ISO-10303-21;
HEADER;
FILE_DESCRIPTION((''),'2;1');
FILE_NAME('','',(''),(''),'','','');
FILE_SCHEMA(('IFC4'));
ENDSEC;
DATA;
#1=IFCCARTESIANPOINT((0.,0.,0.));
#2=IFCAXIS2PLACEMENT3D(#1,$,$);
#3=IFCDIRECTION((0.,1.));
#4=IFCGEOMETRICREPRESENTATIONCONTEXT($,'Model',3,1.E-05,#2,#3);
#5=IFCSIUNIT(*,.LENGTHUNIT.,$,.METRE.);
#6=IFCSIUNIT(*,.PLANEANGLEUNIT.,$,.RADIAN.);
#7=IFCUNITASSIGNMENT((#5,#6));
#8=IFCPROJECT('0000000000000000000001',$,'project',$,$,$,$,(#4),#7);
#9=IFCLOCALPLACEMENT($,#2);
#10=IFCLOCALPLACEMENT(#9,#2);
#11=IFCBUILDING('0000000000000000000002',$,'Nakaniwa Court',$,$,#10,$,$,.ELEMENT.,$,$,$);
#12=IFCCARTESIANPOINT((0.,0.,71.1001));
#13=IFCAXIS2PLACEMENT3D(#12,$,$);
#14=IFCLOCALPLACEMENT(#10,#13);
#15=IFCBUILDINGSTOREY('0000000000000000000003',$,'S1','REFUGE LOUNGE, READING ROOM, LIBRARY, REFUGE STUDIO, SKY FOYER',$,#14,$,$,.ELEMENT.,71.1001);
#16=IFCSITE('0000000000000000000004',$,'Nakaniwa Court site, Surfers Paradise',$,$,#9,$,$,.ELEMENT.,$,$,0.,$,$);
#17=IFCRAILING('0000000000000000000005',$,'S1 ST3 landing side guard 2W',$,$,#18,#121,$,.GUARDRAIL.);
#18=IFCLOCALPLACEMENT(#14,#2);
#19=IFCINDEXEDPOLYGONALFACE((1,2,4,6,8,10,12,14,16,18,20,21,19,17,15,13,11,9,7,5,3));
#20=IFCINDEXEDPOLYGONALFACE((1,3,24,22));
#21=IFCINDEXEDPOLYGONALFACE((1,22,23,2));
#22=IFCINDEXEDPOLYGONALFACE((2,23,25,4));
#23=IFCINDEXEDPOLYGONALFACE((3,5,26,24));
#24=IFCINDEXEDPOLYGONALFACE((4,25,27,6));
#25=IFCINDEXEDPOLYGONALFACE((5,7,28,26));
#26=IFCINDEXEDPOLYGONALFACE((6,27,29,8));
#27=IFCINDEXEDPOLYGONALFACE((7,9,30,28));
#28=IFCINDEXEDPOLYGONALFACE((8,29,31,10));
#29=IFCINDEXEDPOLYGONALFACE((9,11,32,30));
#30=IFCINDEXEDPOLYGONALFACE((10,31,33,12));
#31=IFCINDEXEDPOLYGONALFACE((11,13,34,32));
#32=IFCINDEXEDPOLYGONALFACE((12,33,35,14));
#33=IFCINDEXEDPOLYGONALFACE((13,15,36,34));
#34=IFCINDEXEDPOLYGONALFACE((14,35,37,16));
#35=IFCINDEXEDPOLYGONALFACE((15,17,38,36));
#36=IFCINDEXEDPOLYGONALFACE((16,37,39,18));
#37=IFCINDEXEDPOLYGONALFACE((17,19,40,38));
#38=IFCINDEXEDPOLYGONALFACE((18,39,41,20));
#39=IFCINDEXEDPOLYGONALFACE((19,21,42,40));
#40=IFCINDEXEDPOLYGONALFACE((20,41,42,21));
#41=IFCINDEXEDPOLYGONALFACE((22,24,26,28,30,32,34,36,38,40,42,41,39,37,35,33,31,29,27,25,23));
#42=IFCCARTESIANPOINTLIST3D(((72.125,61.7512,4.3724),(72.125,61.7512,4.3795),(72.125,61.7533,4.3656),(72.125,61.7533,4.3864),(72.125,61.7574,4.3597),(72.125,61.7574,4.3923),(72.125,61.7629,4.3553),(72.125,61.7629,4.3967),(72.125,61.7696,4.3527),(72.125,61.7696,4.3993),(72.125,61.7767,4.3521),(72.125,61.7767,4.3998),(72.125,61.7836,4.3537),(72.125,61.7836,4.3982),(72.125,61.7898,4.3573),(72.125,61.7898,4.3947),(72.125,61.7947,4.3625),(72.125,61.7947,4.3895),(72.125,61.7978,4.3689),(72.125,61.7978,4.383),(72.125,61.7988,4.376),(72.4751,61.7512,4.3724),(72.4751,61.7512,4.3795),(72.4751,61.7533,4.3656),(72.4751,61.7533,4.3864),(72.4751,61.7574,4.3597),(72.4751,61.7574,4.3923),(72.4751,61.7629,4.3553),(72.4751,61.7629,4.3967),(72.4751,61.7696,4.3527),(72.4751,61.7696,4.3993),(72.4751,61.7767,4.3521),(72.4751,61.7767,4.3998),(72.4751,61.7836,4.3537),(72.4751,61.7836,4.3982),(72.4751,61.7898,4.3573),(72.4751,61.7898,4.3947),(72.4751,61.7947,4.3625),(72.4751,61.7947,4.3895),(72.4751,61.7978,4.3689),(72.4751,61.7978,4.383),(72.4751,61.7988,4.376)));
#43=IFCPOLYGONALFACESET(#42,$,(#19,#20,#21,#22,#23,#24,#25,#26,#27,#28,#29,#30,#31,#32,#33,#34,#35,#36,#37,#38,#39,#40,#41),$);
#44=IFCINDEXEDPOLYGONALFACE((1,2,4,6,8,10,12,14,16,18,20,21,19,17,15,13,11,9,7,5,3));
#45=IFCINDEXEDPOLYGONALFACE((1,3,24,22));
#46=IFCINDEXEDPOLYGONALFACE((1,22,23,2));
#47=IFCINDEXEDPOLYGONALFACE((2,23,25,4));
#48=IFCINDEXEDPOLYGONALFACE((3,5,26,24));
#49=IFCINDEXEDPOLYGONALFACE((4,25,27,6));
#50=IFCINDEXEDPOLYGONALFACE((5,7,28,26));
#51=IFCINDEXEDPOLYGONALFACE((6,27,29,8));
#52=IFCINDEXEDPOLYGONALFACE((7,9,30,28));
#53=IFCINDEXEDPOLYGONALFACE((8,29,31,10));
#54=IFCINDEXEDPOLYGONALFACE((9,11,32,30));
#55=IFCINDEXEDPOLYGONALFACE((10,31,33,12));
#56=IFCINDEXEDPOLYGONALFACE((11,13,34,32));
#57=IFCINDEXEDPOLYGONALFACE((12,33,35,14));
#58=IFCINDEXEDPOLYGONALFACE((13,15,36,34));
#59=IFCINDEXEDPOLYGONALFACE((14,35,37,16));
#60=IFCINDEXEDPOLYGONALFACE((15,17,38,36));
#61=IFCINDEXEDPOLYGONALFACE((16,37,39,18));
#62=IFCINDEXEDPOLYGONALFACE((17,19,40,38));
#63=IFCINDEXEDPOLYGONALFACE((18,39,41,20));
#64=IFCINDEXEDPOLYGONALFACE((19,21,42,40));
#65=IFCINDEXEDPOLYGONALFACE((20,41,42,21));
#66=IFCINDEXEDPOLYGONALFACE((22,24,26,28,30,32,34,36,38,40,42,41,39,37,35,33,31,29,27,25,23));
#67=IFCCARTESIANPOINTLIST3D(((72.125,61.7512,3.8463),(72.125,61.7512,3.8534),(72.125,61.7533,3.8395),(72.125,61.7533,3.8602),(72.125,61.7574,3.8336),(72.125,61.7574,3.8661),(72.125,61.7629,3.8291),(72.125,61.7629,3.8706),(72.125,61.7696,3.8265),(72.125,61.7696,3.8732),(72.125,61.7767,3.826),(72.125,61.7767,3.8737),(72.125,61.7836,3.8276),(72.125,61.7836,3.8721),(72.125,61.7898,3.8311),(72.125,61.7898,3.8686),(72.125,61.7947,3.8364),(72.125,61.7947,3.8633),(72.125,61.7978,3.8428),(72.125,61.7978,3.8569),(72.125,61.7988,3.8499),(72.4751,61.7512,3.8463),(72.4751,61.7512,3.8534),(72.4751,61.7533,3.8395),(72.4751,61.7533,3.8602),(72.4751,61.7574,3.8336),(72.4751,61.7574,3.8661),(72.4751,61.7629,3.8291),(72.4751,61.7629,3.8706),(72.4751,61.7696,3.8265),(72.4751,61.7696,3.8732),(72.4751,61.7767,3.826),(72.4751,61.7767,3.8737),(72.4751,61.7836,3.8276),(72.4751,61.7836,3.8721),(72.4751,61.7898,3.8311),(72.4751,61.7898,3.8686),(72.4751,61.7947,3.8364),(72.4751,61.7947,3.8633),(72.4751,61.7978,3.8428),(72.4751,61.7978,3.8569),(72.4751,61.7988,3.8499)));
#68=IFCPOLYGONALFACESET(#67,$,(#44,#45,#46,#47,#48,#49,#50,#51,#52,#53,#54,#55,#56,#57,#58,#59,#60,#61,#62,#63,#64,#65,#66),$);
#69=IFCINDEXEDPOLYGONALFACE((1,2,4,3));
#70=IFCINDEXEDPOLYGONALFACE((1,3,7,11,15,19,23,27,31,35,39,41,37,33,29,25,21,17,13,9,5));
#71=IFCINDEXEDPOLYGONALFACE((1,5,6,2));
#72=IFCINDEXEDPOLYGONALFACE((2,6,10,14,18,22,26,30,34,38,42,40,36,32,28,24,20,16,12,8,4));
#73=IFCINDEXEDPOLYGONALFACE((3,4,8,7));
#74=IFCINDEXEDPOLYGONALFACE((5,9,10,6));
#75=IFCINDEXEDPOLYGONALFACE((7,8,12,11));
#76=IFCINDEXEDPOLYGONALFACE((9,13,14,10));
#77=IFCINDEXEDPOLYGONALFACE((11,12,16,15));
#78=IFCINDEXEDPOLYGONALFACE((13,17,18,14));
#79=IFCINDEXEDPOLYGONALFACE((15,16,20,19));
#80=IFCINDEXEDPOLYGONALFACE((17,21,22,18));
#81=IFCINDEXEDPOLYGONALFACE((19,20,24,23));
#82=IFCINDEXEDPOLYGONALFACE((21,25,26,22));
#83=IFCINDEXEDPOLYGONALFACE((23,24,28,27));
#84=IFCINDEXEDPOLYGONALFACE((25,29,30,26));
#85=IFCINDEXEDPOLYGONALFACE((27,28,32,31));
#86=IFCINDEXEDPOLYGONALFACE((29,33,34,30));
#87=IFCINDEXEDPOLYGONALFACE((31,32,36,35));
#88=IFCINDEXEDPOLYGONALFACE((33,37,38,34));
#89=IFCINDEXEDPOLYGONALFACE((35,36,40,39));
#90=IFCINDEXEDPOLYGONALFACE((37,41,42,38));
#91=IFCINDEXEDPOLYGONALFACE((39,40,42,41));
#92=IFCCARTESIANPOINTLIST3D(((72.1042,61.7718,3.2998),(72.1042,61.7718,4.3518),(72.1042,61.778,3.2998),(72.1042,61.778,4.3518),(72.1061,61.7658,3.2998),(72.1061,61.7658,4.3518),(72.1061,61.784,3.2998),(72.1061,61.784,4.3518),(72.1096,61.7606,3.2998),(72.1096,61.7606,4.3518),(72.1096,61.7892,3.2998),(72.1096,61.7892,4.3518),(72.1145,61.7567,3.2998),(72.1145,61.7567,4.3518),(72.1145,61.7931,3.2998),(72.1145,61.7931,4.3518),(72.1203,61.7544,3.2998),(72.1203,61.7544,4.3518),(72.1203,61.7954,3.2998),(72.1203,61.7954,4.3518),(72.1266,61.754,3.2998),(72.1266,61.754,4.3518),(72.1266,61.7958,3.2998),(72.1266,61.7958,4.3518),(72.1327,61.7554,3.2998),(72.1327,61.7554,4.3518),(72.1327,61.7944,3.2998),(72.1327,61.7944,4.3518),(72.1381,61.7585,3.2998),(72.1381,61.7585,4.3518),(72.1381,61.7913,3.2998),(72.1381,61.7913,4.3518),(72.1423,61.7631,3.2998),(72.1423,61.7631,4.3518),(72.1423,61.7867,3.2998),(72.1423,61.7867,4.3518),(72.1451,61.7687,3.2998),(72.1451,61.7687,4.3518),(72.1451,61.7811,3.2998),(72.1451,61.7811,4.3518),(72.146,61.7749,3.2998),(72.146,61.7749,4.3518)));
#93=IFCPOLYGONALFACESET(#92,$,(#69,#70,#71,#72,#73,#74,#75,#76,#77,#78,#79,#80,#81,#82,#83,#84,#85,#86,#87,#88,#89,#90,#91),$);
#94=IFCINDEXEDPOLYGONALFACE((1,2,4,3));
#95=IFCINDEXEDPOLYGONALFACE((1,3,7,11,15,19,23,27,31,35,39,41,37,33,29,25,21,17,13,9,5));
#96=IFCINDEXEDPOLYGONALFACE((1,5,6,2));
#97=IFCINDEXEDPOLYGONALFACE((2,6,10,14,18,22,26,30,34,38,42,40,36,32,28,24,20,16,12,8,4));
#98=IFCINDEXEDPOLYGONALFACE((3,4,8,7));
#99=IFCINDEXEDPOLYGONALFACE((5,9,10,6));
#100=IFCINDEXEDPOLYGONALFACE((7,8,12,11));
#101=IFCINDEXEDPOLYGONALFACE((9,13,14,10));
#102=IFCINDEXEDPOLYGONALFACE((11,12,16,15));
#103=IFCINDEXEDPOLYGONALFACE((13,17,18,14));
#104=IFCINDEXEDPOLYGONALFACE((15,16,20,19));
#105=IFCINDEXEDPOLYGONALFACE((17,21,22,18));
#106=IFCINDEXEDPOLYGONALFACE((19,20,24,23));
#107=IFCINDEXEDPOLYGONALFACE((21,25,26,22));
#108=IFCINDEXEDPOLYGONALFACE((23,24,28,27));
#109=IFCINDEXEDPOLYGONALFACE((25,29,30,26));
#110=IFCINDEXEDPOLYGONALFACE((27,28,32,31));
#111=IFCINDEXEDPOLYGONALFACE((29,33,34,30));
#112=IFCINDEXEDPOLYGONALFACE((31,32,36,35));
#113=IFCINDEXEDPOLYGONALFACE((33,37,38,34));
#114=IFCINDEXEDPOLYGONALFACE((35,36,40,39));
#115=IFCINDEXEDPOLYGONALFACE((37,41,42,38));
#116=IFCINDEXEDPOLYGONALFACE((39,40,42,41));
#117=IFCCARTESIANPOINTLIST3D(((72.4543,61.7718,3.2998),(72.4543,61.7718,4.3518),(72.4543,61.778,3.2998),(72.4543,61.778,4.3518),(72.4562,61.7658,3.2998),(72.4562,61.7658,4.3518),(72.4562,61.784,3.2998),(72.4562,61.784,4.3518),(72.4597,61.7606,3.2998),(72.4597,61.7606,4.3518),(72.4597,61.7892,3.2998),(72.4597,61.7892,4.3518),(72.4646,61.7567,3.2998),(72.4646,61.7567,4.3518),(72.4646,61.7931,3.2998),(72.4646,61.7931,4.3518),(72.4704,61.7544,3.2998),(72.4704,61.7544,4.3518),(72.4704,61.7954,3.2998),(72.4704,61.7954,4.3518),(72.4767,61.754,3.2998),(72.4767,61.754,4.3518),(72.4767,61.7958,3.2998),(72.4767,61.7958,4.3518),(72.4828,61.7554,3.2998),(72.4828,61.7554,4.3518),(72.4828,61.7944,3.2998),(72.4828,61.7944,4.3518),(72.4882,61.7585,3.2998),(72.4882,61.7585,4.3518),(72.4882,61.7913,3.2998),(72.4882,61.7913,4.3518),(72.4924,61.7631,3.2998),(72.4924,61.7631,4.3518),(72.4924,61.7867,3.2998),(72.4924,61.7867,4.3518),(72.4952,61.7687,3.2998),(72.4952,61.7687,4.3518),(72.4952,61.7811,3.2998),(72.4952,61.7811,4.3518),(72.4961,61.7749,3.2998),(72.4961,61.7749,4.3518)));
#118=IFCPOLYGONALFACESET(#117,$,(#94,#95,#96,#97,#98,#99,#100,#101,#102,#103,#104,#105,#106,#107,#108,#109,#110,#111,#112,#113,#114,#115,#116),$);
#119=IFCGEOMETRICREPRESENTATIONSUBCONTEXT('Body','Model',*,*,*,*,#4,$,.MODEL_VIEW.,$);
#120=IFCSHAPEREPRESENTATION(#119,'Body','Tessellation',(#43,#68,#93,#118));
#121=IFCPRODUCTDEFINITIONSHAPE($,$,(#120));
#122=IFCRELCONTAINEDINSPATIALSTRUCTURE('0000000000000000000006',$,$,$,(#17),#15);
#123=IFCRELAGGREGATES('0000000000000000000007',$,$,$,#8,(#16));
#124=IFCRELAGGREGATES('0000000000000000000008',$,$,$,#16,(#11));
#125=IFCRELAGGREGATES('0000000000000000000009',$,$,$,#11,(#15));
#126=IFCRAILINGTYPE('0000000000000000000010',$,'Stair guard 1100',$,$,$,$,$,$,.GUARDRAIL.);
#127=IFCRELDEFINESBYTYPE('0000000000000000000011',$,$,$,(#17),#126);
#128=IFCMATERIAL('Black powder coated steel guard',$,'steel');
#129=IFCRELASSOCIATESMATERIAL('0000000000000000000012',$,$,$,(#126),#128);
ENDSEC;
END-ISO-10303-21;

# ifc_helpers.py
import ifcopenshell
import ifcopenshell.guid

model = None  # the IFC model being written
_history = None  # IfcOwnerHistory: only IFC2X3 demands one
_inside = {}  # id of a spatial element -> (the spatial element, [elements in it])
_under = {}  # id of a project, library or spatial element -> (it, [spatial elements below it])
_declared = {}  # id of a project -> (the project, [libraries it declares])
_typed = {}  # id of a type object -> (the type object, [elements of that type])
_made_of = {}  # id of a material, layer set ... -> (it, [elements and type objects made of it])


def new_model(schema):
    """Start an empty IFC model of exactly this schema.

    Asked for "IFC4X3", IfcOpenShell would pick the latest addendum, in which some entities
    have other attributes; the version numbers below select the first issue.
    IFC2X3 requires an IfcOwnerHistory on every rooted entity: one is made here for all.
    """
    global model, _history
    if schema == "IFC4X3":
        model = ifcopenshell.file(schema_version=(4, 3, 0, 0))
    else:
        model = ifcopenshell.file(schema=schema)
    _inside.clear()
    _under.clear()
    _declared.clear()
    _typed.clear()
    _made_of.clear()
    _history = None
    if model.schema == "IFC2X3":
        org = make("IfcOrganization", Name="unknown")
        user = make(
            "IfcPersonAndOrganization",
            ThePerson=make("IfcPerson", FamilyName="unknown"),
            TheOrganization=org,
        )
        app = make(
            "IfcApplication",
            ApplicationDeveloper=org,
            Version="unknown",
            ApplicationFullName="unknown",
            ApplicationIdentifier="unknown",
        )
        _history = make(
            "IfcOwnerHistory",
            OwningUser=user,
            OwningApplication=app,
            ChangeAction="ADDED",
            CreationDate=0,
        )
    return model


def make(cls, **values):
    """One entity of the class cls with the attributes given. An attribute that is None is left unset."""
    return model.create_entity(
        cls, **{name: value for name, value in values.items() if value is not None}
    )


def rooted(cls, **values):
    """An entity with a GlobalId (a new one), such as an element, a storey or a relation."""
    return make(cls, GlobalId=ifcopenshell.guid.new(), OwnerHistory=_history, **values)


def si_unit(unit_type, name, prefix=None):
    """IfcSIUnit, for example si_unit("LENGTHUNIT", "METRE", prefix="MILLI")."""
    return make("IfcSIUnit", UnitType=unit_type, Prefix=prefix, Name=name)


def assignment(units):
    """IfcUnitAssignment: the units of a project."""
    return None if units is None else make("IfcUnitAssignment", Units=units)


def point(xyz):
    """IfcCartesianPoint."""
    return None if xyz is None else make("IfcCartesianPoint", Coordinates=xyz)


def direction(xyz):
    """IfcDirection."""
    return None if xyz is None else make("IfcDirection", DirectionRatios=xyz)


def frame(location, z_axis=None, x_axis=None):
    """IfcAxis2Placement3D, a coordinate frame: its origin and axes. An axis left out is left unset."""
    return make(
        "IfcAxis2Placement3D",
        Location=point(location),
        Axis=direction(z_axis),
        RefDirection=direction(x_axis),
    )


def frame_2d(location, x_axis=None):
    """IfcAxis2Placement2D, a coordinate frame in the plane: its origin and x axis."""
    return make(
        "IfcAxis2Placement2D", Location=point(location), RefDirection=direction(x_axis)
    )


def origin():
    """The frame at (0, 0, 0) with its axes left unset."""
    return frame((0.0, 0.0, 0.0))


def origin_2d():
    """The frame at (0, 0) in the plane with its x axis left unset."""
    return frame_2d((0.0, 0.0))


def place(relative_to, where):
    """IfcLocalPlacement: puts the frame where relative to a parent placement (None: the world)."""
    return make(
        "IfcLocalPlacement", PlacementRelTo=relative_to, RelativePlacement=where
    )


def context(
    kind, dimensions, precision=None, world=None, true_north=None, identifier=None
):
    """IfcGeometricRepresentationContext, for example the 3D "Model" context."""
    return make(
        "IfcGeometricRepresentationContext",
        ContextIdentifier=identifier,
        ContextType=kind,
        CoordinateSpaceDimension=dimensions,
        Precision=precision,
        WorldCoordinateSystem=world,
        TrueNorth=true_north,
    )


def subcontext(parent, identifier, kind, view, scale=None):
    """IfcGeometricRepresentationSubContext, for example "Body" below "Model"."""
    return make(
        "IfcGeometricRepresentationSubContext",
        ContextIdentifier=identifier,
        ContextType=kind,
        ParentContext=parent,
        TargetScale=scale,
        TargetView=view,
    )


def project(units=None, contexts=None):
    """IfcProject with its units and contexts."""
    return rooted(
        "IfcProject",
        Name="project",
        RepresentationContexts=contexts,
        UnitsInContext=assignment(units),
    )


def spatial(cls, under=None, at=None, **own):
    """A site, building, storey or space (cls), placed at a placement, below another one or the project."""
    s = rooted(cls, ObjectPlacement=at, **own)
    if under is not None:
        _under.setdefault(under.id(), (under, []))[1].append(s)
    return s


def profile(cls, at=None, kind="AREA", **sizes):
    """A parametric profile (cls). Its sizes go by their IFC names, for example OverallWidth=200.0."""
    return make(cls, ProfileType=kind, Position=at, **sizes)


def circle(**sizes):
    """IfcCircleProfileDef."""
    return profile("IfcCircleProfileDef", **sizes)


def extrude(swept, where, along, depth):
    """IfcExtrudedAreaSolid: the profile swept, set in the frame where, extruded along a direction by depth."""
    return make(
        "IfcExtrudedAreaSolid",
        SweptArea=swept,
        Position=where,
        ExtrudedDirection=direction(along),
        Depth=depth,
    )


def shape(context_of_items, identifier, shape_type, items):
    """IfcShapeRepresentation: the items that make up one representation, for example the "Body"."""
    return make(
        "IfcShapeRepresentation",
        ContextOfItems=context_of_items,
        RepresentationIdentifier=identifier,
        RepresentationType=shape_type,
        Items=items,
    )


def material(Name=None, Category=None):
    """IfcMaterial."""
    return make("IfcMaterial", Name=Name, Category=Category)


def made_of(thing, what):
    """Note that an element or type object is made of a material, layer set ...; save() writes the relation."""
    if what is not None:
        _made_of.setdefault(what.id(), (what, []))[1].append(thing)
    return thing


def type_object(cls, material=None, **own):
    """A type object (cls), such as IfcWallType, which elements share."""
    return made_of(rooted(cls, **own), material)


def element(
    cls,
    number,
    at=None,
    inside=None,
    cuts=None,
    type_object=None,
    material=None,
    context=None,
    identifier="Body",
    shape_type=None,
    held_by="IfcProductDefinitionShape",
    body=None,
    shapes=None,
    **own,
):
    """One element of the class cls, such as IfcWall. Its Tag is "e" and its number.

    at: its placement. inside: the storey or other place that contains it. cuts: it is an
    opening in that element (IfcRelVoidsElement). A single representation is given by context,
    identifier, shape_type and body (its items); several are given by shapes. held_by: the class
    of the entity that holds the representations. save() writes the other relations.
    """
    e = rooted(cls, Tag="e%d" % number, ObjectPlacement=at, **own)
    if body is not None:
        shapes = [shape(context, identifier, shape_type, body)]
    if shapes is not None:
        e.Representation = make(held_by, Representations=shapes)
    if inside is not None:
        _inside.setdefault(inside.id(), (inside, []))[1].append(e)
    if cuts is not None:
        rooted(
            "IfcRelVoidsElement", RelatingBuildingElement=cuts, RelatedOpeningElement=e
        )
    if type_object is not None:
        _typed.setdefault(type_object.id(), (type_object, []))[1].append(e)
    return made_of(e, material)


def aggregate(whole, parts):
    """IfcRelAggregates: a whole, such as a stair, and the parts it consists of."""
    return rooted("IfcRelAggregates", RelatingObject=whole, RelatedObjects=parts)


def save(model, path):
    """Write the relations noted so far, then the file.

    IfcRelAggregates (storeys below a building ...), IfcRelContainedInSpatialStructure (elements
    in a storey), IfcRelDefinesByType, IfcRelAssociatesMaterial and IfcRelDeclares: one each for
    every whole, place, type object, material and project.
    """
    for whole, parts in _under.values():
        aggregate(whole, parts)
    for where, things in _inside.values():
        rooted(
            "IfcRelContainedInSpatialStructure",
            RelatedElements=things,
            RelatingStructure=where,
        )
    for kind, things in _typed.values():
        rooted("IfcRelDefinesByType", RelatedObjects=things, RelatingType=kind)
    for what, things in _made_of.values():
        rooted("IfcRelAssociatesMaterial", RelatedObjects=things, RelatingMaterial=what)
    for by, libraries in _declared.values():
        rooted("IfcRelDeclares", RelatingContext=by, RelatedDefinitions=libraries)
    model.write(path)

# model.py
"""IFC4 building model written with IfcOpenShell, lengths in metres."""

from ifc_helpers import new_model, si_unit, direction, frame, origin, origin_2d, place, context, subcontext, project, spatial, circle, extrude, material, type_object, element, save


model = new_model("IFC4")

# Units and contexts
model_context = context("Model", 3, precision=1e-05, world=origin(), true_north=direction((0.0, 1.0)))
body_context = subcontext(model_context, "Body", "Model", "MODEL_VIEW")
ifc_project = project(units=[si_unit("LENGTHUNIT", "METRE"), si_unit("PLANEANGLEUNIT", "RADIAN")], contexts=[model_context])

# Site, building, storey
site_placement = place(None, origin())
site = spatial("IfcSite", under=ifc_project, at=site_placement, Name="Nakaniwa Court site, Surfers Paradise", CompositionType="ELEMENT", RefElevation=0.0)
building_placement = place(site_placement, origin())
building = spatial("IfcBuilding", under=site, at=building_placement, Name="Nakaniwa Court", CompositionType="ELEMENT")
storey_placement = place(building_placement, frame((0.0, 0.0, 71.1001)))
storey = spatial("IfcBuildingStorey", under=building, at=storey_placement, Name="S1", Description="REFUGE LOUNGE, READING ROOM, LIBRARY, REFUGE STUDIO, SKY FOYER", CompositionType="ELEMENT", Elevation=71.1001)

# Railing
ifc_material_1 = material(Name="Black powder coated steel guard", Category="steel")
railing_type_1 = type_object("IfcRailingType", Name="Stair guard 1100", PredefinedType="GUARDRAIL", material=ifc_material_1)
for number, where, name in (
    (1, (72.125, 61.7749, 3.2998), "S1 ST3 landing side guard 2W"),
):
    element("IfcRailing", number, at=place(storey_placement, frame(where)), inside=storey, type_object=railing_type_1, Name=name, PredefinedType="GUARDRAIL", context=body_context, shape_type="SweptSolid", body=[
        extrude(circle(Radius=0.0239, at=origin_2d()), frame((0.0, 0.0, 1.0762), z_axis=(1.0, 0.0, 0.0), x_axis=(0.0, 1.0, 0.0)), (0.0, 0.0, 1.0), 0.3501),
        extrude(circle(Radius=0.0239, at=origin_2d()), frame((0.0, 0.0, 0.55), z_axis=(1.0, 0.0, 0.0), x_axis=(0.0, 1.0, 0.0)), (0.0, 0.0, 1.0), 0.3501),
        extrude(circle(Radius=0.021, at=origin_2d()), origin(), (0.0, 0.0, 1.0), 1.052),
        extrude(circle(Radius=0.021, at=origin_2d()), frame((0.3501, 0.0, 0.0)), (0.0, 0.0, 1.0), 1.052),
    ])

save(model, "model.ifc")
